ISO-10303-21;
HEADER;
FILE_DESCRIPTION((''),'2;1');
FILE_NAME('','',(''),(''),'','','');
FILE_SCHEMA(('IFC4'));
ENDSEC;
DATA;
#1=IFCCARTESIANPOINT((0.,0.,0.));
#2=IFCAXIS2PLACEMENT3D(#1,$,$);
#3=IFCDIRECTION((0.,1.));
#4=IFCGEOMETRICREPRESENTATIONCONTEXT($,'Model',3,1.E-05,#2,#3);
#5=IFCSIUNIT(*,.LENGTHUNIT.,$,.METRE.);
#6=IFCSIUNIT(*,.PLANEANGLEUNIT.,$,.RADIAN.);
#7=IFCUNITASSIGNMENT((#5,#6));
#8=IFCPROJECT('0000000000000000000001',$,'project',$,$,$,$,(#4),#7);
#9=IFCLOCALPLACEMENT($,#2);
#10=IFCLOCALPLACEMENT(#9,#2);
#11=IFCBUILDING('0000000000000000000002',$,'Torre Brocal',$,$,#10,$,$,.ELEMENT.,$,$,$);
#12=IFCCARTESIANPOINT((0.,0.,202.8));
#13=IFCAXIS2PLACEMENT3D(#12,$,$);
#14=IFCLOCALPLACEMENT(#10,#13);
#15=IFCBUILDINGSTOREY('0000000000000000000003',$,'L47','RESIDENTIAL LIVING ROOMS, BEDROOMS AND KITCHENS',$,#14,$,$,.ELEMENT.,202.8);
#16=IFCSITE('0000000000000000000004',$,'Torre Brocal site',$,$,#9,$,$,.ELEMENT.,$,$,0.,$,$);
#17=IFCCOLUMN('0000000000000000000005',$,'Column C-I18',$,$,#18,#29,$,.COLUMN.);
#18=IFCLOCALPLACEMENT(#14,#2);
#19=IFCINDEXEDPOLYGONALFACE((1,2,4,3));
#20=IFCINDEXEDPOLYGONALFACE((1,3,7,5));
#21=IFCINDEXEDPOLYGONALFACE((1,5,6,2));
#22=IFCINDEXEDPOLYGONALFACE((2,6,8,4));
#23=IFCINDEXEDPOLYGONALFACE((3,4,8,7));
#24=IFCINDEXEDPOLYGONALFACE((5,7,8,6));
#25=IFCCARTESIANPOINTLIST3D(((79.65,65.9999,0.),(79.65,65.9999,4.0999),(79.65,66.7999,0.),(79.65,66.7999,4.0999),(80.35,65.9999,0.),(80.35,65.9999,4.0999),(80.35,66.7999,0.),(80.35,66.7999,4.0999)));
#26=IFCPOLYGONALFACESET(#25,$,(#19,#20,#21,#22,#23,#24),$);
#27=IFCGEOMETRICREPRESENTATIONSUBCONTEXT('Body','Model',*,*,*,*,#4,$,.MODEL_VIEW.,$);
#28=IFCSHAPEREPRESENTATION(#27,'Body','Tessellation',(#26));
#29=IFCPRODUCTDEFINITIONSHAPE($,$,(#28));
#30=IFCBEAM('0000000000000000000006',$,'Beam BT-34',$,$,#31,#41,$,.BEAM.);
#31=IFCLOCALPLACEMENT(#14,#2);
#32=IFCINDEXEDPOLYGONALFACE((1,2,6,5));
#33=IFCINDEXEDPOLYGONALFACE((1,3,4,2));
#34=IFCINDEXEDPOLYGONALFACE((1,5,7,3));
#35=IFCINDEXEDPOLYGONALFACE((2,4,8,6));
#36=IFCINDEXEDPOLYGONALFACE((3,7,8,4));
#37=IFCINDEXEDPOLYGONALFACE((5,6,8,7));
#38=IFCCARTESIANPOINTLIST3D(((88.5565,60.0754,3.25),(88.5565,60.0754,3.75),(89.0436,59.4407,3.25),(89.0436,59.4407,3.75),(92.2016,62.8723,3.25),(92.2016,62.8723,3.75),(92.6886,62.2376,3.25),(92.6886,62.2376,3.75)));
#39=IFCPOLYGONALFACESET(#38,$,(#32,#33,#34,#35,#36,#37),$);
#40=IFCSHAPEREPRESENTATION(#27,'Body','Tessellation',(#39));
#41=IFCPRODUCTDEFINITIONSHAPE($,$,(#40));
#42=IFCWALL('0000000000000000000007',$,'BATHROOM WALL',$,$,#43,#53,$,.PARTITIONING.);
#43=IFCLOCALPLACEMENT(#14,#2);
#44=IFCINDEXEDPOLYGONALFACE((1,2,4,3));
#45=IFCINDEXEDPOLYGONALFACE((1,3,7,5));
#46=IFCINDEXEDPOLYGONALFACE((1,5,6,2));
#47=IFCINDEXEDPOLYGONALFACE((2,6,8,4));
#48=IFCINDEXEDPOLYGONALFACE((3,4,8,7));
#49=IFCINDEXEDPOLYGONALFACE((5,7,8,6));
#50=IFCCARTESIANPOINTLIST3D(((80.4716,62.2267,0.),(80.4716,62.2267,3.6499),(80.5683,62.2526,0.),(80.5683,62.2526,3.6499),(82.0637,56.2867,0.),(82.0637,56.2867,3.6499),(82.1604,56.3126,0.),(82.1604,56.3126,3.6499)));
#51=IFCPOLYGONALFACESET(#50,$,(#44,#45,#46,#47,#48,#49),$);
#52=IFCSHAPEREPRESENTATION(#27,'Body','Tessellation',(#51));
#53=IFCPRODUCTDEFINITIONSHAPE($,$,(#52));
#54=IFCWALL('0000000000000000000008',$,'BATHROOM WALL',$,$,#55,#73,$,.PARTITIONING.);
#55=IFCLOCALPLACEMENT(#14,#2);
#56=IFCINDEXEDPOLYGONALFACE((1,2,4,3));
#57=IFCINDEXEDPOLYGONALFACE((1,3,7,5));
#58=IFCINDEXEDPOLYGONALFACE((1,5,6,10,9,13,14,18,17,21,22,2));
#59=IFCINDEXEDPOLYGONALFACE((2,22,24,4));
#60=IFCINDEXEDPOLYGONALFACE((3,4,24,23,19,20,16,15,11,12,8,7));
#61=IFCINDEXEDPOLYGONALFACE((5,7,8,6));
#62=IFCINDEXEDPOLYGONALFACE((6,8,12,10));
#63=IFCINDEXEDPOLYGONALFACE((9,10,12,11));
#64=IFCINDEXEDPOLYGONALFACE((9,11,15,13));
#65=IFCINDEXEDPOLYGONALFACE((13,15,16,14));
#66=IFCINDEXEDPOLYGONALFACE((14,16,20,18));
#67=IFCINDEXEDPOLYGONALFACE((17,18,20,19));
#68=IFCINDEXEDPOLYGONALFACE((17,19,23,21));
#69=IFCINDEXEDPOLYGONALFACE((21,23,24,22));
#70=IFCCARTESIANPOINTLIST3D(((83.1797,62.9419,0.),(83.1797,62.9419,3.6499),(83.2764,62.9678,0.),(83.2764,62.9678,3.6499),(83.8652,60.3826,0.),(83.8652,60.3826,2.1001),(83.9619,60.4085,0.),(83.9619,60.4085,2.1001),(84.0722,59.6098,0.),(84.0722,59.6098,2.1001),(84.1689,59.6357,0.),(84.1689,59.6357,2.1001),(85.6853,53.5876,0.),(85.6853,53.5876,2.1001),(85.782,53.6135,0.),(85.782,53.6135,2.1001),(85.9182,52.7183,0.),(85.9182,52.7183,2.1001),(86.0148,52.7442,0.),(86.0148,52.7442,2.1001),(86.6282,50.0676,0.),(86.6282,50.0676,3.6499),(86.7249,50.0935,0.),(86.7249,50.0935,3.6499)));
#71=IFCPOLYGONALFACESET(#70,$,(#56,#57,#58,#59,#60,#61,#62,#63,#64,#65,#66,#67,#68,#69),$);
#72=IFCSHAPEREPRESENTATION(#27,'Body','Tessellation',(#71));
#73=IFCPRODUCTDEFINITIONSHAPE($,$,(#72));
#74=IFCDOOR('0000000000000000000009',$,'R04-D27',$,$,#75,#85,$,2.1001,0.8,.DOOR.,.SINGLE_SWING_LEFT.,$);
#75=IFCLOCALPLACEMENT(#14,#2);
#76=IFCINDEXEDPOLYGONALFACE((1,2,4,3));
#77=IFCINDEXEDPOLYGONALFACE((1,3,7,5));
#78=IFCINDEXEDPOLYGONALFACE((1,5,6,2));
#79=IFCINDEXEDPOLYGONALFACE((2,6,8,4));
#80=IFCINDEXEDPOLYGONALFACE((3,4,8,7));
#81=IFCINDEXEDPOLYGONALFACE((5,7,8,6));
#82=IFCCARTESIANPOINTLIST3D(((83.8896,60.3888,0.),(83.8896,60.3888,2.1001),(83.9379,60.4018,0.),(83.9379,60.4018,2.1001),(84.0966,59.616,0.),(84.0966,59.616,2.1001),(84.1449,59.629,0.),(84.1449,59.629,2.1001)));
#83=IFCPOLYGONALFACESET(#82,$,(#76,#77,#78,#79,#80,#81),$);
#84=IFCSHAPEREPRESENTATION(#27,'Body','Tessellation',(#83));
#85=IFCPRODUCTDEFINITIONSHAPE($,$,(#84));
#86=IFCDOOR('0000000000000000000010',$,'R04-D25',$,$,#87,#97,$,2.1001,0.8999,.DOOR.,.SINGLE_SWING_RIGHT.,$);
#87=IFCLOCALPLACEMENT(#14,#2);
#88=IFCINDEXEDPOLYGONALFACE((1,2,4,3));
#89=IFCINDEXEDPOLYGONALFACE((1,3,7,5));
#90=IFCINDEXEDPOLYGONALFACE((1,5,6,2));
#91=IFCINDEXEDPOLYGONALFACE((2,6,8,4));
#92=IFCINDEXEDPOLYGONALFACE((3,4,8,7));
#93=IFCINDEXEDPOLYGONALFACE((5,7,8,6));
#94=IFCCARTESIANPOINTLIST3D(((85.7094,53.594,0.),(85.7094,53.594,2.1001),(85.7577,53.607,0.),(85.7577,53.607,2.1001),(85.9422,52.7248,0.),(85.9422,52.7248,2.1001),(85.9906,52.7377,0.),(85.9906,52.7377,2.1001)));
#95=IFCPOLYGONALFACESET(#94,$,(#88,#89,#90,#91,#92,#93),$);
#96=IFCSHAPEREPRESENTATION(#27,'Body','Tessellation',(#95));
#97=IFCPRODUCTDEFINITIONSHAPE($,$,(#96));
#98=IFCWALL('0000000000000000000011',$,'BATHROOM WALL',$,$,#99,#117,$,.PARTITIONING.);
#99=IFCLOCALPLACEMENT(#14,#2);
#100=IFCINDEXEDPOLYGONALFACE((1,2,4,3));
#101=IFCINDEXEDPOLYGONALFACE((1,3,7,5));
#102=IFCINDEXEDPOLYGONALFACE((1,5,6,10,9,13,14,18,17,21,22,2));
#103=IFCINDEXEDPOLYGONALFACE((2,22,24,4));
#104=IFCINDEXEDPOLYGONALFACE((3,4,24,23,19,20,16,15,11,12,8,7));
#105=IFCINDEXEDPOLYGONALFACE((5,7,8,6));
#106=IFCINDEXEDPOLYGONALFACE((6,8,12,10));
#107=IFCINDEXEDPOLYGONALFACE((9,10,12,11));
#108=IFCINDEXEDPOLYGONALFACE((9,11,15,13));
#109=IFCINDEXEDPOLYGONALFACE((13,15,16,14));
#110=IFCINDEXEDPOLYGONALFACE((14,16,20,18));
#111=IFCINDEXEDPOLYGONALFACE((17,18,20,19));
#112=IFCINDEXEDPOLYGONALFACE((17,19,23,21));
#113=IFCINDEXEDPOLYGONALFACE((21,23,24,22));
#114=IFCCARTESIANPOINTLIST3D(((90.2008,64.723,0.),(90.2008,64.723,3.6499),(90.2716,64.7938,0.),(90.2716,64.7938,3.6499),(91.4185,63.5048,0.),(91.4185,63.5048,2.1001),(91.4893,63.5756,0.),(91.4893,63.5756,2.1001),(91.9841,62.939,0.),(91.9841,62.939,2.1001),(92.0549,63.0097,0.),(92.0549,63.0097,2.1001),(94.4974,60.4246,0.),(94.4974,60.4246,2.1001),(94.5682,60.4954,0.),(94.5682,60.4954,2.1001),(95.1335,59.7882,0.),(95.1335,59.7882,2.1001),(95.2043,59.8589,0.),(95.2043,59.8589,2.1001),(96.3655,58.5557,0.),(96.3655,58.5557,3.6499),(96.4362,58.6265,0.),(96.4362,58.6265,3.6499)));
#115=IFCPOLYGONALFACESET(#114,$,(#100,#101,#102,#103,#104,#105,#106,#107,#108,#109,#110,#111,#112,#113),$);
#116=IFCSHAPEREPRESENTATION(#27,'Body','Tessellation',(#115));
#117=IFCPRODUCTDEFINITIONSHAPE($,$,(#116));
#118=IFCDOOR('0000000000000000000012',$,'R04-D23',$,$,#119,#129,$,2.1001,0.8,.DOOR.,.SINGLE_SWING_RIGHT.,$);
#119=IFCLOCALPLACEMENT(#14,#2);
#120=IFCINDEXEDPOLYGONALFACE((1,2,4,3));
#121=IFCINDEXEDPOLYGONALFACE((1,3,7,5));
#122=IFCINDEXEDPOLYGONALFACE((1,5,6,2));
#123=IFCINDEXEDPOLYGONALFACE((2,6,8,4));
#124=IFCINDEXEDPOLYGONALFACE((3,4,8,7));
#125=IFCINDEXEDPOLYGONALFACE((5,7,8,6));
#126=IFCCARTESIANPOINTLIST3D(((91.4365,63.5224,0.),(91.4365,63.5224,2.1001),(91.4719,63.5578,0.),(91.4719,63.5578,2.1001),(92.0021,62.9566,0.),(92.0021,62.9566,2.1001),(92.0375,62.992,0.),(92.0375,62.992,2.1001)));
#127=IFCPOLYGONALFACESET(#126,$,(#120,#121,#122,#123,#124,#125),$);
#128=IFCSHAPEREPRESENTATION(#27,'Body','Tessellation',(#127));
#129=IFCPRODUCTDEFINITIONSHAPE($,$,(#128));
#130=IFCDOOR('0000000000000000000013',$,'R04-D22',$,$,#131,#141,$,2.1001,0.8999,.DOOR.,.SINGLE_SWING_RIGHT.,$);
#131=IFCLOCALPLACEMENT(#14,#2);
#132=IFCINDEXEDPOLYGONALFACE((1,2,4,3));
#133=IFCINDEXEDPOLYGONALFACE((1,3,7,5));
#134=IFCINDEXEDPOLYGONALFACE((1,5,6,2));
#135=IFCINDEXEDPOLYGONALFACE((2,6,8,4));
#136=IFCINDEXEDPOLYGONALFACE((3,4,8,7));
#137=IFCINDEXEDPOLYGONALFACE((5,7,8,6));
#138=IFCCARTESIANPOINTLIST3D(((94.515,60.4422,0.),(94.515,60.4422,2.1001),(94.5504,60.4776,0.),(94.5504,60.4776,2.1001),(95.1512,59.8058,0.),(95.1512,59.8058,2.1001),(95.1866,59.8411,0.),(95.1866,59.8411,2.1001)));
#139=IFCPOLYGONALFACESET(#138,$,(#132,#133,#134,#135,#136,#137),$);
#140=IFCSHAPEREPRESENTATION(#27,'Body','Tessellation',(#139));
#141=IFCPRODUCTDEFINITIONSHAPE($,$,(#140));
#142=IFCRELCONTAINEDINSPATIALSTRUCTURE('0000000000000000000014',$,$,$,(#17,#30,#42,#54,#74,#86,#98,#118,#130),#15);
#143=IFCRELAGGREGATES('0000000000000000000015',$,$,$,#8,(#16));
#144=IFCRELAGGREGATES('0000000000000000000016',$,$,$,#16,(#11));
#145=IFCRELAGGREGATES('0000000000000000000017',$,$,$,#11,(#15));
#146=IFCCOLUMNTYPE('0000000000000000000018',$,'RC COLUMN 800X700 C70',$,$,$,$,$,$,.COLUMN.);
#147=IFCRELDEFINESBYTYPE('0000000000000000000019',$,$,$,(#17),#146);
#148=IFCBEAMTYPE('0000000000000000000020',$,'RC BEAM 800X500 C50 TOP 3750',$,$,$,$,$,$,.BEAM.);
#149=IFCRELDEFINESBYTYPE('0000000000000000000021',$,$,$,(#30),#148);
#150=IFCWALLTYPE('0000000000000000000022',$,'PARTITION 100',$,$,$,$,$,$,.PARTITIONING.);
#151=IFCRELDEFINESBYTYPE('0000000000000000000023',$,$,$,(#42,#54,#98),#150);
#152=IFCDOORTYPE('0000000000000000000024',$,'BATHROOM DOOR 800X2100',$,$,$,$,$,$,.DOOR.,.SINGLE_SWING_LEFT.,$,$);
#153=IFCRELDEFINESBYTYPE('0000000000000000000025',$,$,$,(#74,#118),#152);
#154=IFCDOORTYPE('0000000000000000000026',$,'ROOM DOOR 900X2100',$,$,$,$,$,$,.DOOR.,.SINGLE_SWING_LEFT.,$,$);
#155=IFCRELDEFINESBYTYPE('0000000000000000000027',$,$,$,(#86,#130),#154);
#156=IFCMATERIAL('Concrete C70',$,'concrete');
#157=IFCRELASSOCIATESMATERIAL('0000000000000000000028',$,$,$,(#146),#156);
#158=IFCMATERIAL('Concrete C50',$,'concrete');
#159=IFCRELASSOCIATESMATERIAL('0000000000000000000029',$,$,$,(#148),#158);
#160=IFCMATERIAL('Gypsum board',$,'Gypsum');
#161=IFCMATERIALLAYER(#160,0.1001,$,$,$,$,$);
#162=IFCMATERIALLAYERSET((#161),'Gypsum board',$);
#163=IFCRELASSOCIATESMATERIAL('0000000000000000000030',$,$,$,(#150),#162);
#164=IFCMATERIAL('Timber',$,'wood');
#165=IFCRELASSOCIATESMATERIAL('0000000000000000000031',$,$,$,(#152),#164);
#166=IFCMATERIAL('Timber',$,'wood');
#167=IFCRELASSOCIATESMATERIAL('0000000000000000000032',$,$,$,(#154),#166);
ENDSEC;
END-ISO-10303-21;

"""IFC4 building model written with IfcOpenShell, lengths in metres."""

from ifc_helpers import new_model, si_unit, direction, frame, frame_2d, origin, origin_2d, place, context, subcontext, project, spatial, rectangle, extrude, material, layer, layer_set, material_profile, profile_set, type_object, element, fill, save


model = new_model("IFC4")

# Units and contexts
model_context = context("Model", 3, precision=1e-05, world=origin(), true_north=direction((0.0, 1.0)))
body_context = subcontext(model_context, "Body", "Model", "MODEL_VIEW")
ifc_project = project(units=[si_unit("LENGTHUNIT", "METRE"), si_unit("PLANEANGLEUNIT", "RADIAN")], contexts=[model_context])

# Site, building, storey
site_placement = place(None, origin())
site = spatial("IfcSite", under=ifc_project, at=site_placement, Name="Torre Brocal site", CompositionType="ELEMENT", RefElevation=0.0)
building_placement = place(site_placement, origin())
building = spatial("IfcBuilding", under=site, at=building_placement, Name="Torre Brocal", CompositionType="ELEMENT")
storey_placement = place(building_placement, frame((0.0, 0.0, 202.8)))
storey = spatial("IfcBuildingStorey", under=building, at=storey_placement, Name="L47", Description="RESIDENTIAL LIVING ROOMS, BEDROOMS AND KITCHENS", CompositionType="ELEMENT", Elevation=202.8)

# Column
ifc_material_1 = material(Name="Concrete C70", Category="concrete")
ifc_material_profile_1 = material_profile(ifc_material_1, rectangle(XDim=0.8, YDim=0.7, at=origin_2d()), Name="RC 800X700")
ifc_profile_set_1 = profile_set([ifc_material_profile_1], Name="Concrete C70")
column_type = type_object("IfcColumnType", Name="RC COLUMN 800X700 C70", PredefinedType="COLUMN", material=ifc_profile_set_1)
column_placement = place(storey_placement, frame((80.0, 66.3999, 0.0), z_axis=(0.0, 0.0, 1.0), x_axis=(0.0, -1.0, 0.0)))
element("IfcColumn", 1, at=column_placement, inside=storey, type_object=column_type, Name="Column C-I18", PredefinedType="COLUMN", context=body_context, shape_type="SweptSolid", body=[
    extrude(rectangle(XDim=0.8, YDim=0.7, at=origin_2d()), origin(), (0.0, 0.0, 1.0), 4.0999),
])

# Beam
ifc_material_2 = material(Name="Concrete C50", Category="concrete")
ifc_material_profile_2 = material_profile(ifc_material_2, rectangle(XDim=0.8, YDim=0.5, at=origin_2d()), Name="RC 800X500")
ifc_profile_set_2 = profile_set([ifc_material_profile_2], Name="Concrete C50")
beam_type = type_object("IfcBeamType", Name="RC BEAM 800X500 C50 TOP 3750", PredefinedType="BEAM", material=ifc_profile_set_2)
beam_placement = place(storey_placement, frame((88.8, 59.7581, 3.5), z_axis=(0.793358, 0.608755, 0.0), x_axis=(-0.608755, 0.793358, 0.0)))
element("IfcBeam", 2, at=beam_placement, inside=storey, type_object=beam_type, Name="Beam BT-34", PredefinedType="BEAM", context=body_context, shape_type="SweptSolid", body=[
    extrude(rectangle(XDim=0.8, YDim=0.5, at=origin_2d()), origin(), (0.0, 0.0, 1.0), 4.5945),
])

# Wall
ifc_material_3 = material(Name="Gypsum board", Category="Gypsum")
ifc_layer_1 = layer(ifc_material_3, 0.1001)
ifc_layer_set_1 = layer_set([ifc_layer_1], Name="Gypsum board")
wall_type_1 = type_object("IfcWallType", Name="PARTITION 100", PredefinedType="PARTITIONING", material=ifc_layer_set_1)
wall_1_placement = place(storey_placement, frame((80.52, 62.2395, 0.0), z_axis=(0.0, 0.0, 1.0), x_axis=(0.258886, -0.965908, 0.0)))
element("IfcWall", 3, at=wall_1_placement, inside=storey, type_object=wall_type_1, Name="BATHROOM WALL", PredefinedType="PARTITIONING", context=body_context, shape_type="SweptSolid", body=[
    extrude(rectangle(XDim=6.1497, YDim=0.1001, at=frame_2d((3.0747, 0.0))), origin(), (0.0, 0.0, 1.0), 3.6499),
])

# Walls, openings, doors
wall_2_placement = place(storey_placement, frame((83.228, 62.9548, 0.0), z_axis=(0.0, 0.0, 1.0), x_axis=(0.258738, -0.965948, 0.0)))
wall_2 = element("IfcWall", 4, at=wall_2_placement, inside=storey, type_object=wall_type_1, Name="BATHROOM WALL", PredefinedType="PARTITIONING", context=body_context, shape_type="SweptSolid", body=[
    extrude(rectangle(XDim=13.3281, YDim=0.1001, at=frame_2d((6.6641, 0.0))), origin(), (0.0, 0.0, 1.0), 3.6499),
])
opening_1_placement = place(wall_2_placement, frame((9.6841, 0.0, 0.0)))
opening_1 = element("IfcOpeningElement", 5, at=opening_1_placement, cuts=wall_2, PredefinedType="OPENING", context=body_context, shape_type="SweptSolid", body=[
    extrude(rectangle(XDim=0.8999, YDim=2.1001, at=frame_2d((0.45, 1.05))), frame((0.0, 0.0601, 0.0), z_axis=(0.0, -1.0, 0.0), x_axis=(1.0, 0.0, 0.0)), (0.0, 0.0, 1.0), 0.1201),
])
opening_2_placement = place(wall_2_placement, frame((2.6497, 0.0, 0.0)))
opening_2 = element("IfcOpeningElement", 6, at=opening_2_placement, cuts=wall_2, PredefinedType="OPENING", context=body_context, shape_type="SweptSolid", body=[
    extrude(rectangle(XDim=0.8, YDim=2.1001, at=frame_2d((0.3999, 1.05))), frame((0.0, 0.0601, 0.0), z_axis=(0.0, -1.0, 0.0), x_axis=(1.0, 0.0, 0.0)), (0.0, 0.0, 1.0), 0.1201),
])
ifc_material_4 = material(Name="Timber", Category="wood")
door_type_1 = type_object("IfcDoorType", Name="BATHROOM DOOR 800X2100", OperationType="SINGLE_SWING_LEFT", PredefinedType="DOOR", material=ifc_material_4)
door_1_placement = place(opening_2_placement, frame((0.8, 0.0, 0.0), z_axis=(0.0, 0.0, 1.0), x_axis=(-1.0, 0.0, 0.0)))
door_1 = element("IfcDoor", 7, at=door_1_placement, inside=storey, type_object=door_type_1, Name="R04-D27", OperationType="SINGLE_SWING_LEFT", OverallHeight=2.1001, OverallWidth=0.8, PredefinedType="DOOR", context=body_context, shape_type="SweptSolid", body=[
    extrude(rectangle(XDim=0.8, YDim=2.1001, at=frame_2d((0.3999, 1.05))), frame((0.0, 0.0249, 0.0), z_axis=(0.0, -1.0, 0.0), x_axis=(1.0, 0.0, 0.0)), (0.0, 0.0, 1.0), 0.05),
])
fill(opening_2, door_1)
ifc_material_5 = material(Name="Timber", Category="wood")
door_type_2 = type_object("IfcDoorType", Name="ROOM DOOR 900X2100", OperationType="SINGLE_SWING_LEFT", PredefinedType="DOOR", material=ifc_material_5)
door_2_placement = place(opening_1_placement, origin())
door_2 = element("IfcDoor", 8, at=door_2_placement, inside=storey, type_object=door_type_2, Name="R04-D25", OperationType="SINGLE_SWING_RIGHT", OverallHeight=2.1001, OverallWidth=0.8999, PredefinedType="DOOR", context=body_context, shape_type="SweptSolid", body=[
    extrude(rectangle(XDim=0.8999, YDim=2.1001, at=frame_2d((0.45, 1.05))), frame((0.0, 0.0249, 0.0), z_axis=(0.0, -1.0, 0.0), x_axis=(1.0, 0.0, 0.0)), (0.0, 0.0, 1.0), 0.05),
])
fill(opening_1, door_2)
wall_3_placement = place(storey_placement, frame((90.2363, 64.7583, 0.0), z_axis=(0.0, 0.0, 1.0), x_axis=(0.706953, -0.707261, 0.0)))
wall_3 = element("IfcWall", 9, at=wall_3_placement, inside=storey, type_object=wall_type_1, Name="BATHROOM WALL", PredefinedType="PARTITIONING", context=body_context, shape_type="SweptSolid", body=[
    extrude(rectangle(XDim=8.72, YDim=0.1001, at=frame_2d((4.3599, 0.0))), origin(), (0.0, 0.0, 1.0), 3.6499),
])
opening_3_placement = place(wall_3_placement, frame((6.0774, 0.0, 0.0)))
opening_3 = element("IfcOpeningElement", 10, at=opening_3_placement, cuts=wall_3, PredefinedType="OPENING", context=body_context, shape_type="SweptSolid", body=[
    extrude(rectangle(XDim=0.8999, YDim=2.1001, at=frame_2d((0.45, 1.05))), frame((0.0, 0.0601, 0.0), z_axis=(0.0, -1.0, 0.0), x_axis=(1.0, 0.0, 0.0)), (0.0, 0.0, 1.0), 0.1201),
])
opening_4_placement = place(wall_3_placement, frame((1.7224, 0.0, 0.0)))
opening_4 = element("IfcOpeningElement", 11, at=opening_4_placement, cuts=wall_3, PredefinedType="OPENING", context=body_context, shape_type="SweptSolid", body=[
    extrude(rectangle(XDim=0.8, YDim=2.1001, at=frame_2d((0.3999, 1.05))), frame((0.0, 0.0601, 0.0), z_axis=(0.0, -1.0, 0.0), x_axis=(1.0, 0.0, 0.0)), (0.0, 0.0, 1.0), 0.1201),
])
door_3_placement = place(opening_4_placement, frame((0.8, 0.0, 0.0), z_axis=(0.0, 0.0, 1.0), x_axis=(-1.0, 0.0, 0.0)))
door_3 = element("IfcDoor", 12, at=door_3_placement, inside=storey, type_object=door_type_1, Name="R04-D23", OperationType="SINGLE_SWING_RIGHT", OverallHeight=2.1001, OverallWidth=0.8, PredefinedType="DOOR", context=body_context, shape_type="SweptSolid", body=[
    extrude(rectangle(XDim=0.8, YDim=2.1001, at=frame_2d((0.3999, 1.05))), frame((0.0, 0.0249, 0.0), z_axis=(0.0, -1.0, 0.0), x_axis=(1.0, 0.0, 0.0)), (0.0, 0.0, 1.0), 0.05),
])
fill(opening_4, door_3)
door_4_placement = place(opening_3_placement, origin())
door_4 = element("IfcDoor", 13, at=door_4_placement, inside=storey, type_object=door_type_2, Name="R04-D22", OperationType="SINGLE_SWING_RIGHT", OverallHeight=2.1001, OverallWidth=0.8999, PredefinedType="DOOR", context=body_context, shape_type="SweptSolid", body=[
    extrude(rectangle(XDim=0.8999, YDim=2.1001, at=frame_2d((0.45, 1.05))), frame((0.0, 0.0249, 0.0), z_axis=(0.0, -1.0, 0.0), x_axis=(1.0, 0.0, 0.0)), (0.0, 0.0, 1.0), 0.05),
])
fill(opening_3, door_4)

save(model, "model.ifc")
